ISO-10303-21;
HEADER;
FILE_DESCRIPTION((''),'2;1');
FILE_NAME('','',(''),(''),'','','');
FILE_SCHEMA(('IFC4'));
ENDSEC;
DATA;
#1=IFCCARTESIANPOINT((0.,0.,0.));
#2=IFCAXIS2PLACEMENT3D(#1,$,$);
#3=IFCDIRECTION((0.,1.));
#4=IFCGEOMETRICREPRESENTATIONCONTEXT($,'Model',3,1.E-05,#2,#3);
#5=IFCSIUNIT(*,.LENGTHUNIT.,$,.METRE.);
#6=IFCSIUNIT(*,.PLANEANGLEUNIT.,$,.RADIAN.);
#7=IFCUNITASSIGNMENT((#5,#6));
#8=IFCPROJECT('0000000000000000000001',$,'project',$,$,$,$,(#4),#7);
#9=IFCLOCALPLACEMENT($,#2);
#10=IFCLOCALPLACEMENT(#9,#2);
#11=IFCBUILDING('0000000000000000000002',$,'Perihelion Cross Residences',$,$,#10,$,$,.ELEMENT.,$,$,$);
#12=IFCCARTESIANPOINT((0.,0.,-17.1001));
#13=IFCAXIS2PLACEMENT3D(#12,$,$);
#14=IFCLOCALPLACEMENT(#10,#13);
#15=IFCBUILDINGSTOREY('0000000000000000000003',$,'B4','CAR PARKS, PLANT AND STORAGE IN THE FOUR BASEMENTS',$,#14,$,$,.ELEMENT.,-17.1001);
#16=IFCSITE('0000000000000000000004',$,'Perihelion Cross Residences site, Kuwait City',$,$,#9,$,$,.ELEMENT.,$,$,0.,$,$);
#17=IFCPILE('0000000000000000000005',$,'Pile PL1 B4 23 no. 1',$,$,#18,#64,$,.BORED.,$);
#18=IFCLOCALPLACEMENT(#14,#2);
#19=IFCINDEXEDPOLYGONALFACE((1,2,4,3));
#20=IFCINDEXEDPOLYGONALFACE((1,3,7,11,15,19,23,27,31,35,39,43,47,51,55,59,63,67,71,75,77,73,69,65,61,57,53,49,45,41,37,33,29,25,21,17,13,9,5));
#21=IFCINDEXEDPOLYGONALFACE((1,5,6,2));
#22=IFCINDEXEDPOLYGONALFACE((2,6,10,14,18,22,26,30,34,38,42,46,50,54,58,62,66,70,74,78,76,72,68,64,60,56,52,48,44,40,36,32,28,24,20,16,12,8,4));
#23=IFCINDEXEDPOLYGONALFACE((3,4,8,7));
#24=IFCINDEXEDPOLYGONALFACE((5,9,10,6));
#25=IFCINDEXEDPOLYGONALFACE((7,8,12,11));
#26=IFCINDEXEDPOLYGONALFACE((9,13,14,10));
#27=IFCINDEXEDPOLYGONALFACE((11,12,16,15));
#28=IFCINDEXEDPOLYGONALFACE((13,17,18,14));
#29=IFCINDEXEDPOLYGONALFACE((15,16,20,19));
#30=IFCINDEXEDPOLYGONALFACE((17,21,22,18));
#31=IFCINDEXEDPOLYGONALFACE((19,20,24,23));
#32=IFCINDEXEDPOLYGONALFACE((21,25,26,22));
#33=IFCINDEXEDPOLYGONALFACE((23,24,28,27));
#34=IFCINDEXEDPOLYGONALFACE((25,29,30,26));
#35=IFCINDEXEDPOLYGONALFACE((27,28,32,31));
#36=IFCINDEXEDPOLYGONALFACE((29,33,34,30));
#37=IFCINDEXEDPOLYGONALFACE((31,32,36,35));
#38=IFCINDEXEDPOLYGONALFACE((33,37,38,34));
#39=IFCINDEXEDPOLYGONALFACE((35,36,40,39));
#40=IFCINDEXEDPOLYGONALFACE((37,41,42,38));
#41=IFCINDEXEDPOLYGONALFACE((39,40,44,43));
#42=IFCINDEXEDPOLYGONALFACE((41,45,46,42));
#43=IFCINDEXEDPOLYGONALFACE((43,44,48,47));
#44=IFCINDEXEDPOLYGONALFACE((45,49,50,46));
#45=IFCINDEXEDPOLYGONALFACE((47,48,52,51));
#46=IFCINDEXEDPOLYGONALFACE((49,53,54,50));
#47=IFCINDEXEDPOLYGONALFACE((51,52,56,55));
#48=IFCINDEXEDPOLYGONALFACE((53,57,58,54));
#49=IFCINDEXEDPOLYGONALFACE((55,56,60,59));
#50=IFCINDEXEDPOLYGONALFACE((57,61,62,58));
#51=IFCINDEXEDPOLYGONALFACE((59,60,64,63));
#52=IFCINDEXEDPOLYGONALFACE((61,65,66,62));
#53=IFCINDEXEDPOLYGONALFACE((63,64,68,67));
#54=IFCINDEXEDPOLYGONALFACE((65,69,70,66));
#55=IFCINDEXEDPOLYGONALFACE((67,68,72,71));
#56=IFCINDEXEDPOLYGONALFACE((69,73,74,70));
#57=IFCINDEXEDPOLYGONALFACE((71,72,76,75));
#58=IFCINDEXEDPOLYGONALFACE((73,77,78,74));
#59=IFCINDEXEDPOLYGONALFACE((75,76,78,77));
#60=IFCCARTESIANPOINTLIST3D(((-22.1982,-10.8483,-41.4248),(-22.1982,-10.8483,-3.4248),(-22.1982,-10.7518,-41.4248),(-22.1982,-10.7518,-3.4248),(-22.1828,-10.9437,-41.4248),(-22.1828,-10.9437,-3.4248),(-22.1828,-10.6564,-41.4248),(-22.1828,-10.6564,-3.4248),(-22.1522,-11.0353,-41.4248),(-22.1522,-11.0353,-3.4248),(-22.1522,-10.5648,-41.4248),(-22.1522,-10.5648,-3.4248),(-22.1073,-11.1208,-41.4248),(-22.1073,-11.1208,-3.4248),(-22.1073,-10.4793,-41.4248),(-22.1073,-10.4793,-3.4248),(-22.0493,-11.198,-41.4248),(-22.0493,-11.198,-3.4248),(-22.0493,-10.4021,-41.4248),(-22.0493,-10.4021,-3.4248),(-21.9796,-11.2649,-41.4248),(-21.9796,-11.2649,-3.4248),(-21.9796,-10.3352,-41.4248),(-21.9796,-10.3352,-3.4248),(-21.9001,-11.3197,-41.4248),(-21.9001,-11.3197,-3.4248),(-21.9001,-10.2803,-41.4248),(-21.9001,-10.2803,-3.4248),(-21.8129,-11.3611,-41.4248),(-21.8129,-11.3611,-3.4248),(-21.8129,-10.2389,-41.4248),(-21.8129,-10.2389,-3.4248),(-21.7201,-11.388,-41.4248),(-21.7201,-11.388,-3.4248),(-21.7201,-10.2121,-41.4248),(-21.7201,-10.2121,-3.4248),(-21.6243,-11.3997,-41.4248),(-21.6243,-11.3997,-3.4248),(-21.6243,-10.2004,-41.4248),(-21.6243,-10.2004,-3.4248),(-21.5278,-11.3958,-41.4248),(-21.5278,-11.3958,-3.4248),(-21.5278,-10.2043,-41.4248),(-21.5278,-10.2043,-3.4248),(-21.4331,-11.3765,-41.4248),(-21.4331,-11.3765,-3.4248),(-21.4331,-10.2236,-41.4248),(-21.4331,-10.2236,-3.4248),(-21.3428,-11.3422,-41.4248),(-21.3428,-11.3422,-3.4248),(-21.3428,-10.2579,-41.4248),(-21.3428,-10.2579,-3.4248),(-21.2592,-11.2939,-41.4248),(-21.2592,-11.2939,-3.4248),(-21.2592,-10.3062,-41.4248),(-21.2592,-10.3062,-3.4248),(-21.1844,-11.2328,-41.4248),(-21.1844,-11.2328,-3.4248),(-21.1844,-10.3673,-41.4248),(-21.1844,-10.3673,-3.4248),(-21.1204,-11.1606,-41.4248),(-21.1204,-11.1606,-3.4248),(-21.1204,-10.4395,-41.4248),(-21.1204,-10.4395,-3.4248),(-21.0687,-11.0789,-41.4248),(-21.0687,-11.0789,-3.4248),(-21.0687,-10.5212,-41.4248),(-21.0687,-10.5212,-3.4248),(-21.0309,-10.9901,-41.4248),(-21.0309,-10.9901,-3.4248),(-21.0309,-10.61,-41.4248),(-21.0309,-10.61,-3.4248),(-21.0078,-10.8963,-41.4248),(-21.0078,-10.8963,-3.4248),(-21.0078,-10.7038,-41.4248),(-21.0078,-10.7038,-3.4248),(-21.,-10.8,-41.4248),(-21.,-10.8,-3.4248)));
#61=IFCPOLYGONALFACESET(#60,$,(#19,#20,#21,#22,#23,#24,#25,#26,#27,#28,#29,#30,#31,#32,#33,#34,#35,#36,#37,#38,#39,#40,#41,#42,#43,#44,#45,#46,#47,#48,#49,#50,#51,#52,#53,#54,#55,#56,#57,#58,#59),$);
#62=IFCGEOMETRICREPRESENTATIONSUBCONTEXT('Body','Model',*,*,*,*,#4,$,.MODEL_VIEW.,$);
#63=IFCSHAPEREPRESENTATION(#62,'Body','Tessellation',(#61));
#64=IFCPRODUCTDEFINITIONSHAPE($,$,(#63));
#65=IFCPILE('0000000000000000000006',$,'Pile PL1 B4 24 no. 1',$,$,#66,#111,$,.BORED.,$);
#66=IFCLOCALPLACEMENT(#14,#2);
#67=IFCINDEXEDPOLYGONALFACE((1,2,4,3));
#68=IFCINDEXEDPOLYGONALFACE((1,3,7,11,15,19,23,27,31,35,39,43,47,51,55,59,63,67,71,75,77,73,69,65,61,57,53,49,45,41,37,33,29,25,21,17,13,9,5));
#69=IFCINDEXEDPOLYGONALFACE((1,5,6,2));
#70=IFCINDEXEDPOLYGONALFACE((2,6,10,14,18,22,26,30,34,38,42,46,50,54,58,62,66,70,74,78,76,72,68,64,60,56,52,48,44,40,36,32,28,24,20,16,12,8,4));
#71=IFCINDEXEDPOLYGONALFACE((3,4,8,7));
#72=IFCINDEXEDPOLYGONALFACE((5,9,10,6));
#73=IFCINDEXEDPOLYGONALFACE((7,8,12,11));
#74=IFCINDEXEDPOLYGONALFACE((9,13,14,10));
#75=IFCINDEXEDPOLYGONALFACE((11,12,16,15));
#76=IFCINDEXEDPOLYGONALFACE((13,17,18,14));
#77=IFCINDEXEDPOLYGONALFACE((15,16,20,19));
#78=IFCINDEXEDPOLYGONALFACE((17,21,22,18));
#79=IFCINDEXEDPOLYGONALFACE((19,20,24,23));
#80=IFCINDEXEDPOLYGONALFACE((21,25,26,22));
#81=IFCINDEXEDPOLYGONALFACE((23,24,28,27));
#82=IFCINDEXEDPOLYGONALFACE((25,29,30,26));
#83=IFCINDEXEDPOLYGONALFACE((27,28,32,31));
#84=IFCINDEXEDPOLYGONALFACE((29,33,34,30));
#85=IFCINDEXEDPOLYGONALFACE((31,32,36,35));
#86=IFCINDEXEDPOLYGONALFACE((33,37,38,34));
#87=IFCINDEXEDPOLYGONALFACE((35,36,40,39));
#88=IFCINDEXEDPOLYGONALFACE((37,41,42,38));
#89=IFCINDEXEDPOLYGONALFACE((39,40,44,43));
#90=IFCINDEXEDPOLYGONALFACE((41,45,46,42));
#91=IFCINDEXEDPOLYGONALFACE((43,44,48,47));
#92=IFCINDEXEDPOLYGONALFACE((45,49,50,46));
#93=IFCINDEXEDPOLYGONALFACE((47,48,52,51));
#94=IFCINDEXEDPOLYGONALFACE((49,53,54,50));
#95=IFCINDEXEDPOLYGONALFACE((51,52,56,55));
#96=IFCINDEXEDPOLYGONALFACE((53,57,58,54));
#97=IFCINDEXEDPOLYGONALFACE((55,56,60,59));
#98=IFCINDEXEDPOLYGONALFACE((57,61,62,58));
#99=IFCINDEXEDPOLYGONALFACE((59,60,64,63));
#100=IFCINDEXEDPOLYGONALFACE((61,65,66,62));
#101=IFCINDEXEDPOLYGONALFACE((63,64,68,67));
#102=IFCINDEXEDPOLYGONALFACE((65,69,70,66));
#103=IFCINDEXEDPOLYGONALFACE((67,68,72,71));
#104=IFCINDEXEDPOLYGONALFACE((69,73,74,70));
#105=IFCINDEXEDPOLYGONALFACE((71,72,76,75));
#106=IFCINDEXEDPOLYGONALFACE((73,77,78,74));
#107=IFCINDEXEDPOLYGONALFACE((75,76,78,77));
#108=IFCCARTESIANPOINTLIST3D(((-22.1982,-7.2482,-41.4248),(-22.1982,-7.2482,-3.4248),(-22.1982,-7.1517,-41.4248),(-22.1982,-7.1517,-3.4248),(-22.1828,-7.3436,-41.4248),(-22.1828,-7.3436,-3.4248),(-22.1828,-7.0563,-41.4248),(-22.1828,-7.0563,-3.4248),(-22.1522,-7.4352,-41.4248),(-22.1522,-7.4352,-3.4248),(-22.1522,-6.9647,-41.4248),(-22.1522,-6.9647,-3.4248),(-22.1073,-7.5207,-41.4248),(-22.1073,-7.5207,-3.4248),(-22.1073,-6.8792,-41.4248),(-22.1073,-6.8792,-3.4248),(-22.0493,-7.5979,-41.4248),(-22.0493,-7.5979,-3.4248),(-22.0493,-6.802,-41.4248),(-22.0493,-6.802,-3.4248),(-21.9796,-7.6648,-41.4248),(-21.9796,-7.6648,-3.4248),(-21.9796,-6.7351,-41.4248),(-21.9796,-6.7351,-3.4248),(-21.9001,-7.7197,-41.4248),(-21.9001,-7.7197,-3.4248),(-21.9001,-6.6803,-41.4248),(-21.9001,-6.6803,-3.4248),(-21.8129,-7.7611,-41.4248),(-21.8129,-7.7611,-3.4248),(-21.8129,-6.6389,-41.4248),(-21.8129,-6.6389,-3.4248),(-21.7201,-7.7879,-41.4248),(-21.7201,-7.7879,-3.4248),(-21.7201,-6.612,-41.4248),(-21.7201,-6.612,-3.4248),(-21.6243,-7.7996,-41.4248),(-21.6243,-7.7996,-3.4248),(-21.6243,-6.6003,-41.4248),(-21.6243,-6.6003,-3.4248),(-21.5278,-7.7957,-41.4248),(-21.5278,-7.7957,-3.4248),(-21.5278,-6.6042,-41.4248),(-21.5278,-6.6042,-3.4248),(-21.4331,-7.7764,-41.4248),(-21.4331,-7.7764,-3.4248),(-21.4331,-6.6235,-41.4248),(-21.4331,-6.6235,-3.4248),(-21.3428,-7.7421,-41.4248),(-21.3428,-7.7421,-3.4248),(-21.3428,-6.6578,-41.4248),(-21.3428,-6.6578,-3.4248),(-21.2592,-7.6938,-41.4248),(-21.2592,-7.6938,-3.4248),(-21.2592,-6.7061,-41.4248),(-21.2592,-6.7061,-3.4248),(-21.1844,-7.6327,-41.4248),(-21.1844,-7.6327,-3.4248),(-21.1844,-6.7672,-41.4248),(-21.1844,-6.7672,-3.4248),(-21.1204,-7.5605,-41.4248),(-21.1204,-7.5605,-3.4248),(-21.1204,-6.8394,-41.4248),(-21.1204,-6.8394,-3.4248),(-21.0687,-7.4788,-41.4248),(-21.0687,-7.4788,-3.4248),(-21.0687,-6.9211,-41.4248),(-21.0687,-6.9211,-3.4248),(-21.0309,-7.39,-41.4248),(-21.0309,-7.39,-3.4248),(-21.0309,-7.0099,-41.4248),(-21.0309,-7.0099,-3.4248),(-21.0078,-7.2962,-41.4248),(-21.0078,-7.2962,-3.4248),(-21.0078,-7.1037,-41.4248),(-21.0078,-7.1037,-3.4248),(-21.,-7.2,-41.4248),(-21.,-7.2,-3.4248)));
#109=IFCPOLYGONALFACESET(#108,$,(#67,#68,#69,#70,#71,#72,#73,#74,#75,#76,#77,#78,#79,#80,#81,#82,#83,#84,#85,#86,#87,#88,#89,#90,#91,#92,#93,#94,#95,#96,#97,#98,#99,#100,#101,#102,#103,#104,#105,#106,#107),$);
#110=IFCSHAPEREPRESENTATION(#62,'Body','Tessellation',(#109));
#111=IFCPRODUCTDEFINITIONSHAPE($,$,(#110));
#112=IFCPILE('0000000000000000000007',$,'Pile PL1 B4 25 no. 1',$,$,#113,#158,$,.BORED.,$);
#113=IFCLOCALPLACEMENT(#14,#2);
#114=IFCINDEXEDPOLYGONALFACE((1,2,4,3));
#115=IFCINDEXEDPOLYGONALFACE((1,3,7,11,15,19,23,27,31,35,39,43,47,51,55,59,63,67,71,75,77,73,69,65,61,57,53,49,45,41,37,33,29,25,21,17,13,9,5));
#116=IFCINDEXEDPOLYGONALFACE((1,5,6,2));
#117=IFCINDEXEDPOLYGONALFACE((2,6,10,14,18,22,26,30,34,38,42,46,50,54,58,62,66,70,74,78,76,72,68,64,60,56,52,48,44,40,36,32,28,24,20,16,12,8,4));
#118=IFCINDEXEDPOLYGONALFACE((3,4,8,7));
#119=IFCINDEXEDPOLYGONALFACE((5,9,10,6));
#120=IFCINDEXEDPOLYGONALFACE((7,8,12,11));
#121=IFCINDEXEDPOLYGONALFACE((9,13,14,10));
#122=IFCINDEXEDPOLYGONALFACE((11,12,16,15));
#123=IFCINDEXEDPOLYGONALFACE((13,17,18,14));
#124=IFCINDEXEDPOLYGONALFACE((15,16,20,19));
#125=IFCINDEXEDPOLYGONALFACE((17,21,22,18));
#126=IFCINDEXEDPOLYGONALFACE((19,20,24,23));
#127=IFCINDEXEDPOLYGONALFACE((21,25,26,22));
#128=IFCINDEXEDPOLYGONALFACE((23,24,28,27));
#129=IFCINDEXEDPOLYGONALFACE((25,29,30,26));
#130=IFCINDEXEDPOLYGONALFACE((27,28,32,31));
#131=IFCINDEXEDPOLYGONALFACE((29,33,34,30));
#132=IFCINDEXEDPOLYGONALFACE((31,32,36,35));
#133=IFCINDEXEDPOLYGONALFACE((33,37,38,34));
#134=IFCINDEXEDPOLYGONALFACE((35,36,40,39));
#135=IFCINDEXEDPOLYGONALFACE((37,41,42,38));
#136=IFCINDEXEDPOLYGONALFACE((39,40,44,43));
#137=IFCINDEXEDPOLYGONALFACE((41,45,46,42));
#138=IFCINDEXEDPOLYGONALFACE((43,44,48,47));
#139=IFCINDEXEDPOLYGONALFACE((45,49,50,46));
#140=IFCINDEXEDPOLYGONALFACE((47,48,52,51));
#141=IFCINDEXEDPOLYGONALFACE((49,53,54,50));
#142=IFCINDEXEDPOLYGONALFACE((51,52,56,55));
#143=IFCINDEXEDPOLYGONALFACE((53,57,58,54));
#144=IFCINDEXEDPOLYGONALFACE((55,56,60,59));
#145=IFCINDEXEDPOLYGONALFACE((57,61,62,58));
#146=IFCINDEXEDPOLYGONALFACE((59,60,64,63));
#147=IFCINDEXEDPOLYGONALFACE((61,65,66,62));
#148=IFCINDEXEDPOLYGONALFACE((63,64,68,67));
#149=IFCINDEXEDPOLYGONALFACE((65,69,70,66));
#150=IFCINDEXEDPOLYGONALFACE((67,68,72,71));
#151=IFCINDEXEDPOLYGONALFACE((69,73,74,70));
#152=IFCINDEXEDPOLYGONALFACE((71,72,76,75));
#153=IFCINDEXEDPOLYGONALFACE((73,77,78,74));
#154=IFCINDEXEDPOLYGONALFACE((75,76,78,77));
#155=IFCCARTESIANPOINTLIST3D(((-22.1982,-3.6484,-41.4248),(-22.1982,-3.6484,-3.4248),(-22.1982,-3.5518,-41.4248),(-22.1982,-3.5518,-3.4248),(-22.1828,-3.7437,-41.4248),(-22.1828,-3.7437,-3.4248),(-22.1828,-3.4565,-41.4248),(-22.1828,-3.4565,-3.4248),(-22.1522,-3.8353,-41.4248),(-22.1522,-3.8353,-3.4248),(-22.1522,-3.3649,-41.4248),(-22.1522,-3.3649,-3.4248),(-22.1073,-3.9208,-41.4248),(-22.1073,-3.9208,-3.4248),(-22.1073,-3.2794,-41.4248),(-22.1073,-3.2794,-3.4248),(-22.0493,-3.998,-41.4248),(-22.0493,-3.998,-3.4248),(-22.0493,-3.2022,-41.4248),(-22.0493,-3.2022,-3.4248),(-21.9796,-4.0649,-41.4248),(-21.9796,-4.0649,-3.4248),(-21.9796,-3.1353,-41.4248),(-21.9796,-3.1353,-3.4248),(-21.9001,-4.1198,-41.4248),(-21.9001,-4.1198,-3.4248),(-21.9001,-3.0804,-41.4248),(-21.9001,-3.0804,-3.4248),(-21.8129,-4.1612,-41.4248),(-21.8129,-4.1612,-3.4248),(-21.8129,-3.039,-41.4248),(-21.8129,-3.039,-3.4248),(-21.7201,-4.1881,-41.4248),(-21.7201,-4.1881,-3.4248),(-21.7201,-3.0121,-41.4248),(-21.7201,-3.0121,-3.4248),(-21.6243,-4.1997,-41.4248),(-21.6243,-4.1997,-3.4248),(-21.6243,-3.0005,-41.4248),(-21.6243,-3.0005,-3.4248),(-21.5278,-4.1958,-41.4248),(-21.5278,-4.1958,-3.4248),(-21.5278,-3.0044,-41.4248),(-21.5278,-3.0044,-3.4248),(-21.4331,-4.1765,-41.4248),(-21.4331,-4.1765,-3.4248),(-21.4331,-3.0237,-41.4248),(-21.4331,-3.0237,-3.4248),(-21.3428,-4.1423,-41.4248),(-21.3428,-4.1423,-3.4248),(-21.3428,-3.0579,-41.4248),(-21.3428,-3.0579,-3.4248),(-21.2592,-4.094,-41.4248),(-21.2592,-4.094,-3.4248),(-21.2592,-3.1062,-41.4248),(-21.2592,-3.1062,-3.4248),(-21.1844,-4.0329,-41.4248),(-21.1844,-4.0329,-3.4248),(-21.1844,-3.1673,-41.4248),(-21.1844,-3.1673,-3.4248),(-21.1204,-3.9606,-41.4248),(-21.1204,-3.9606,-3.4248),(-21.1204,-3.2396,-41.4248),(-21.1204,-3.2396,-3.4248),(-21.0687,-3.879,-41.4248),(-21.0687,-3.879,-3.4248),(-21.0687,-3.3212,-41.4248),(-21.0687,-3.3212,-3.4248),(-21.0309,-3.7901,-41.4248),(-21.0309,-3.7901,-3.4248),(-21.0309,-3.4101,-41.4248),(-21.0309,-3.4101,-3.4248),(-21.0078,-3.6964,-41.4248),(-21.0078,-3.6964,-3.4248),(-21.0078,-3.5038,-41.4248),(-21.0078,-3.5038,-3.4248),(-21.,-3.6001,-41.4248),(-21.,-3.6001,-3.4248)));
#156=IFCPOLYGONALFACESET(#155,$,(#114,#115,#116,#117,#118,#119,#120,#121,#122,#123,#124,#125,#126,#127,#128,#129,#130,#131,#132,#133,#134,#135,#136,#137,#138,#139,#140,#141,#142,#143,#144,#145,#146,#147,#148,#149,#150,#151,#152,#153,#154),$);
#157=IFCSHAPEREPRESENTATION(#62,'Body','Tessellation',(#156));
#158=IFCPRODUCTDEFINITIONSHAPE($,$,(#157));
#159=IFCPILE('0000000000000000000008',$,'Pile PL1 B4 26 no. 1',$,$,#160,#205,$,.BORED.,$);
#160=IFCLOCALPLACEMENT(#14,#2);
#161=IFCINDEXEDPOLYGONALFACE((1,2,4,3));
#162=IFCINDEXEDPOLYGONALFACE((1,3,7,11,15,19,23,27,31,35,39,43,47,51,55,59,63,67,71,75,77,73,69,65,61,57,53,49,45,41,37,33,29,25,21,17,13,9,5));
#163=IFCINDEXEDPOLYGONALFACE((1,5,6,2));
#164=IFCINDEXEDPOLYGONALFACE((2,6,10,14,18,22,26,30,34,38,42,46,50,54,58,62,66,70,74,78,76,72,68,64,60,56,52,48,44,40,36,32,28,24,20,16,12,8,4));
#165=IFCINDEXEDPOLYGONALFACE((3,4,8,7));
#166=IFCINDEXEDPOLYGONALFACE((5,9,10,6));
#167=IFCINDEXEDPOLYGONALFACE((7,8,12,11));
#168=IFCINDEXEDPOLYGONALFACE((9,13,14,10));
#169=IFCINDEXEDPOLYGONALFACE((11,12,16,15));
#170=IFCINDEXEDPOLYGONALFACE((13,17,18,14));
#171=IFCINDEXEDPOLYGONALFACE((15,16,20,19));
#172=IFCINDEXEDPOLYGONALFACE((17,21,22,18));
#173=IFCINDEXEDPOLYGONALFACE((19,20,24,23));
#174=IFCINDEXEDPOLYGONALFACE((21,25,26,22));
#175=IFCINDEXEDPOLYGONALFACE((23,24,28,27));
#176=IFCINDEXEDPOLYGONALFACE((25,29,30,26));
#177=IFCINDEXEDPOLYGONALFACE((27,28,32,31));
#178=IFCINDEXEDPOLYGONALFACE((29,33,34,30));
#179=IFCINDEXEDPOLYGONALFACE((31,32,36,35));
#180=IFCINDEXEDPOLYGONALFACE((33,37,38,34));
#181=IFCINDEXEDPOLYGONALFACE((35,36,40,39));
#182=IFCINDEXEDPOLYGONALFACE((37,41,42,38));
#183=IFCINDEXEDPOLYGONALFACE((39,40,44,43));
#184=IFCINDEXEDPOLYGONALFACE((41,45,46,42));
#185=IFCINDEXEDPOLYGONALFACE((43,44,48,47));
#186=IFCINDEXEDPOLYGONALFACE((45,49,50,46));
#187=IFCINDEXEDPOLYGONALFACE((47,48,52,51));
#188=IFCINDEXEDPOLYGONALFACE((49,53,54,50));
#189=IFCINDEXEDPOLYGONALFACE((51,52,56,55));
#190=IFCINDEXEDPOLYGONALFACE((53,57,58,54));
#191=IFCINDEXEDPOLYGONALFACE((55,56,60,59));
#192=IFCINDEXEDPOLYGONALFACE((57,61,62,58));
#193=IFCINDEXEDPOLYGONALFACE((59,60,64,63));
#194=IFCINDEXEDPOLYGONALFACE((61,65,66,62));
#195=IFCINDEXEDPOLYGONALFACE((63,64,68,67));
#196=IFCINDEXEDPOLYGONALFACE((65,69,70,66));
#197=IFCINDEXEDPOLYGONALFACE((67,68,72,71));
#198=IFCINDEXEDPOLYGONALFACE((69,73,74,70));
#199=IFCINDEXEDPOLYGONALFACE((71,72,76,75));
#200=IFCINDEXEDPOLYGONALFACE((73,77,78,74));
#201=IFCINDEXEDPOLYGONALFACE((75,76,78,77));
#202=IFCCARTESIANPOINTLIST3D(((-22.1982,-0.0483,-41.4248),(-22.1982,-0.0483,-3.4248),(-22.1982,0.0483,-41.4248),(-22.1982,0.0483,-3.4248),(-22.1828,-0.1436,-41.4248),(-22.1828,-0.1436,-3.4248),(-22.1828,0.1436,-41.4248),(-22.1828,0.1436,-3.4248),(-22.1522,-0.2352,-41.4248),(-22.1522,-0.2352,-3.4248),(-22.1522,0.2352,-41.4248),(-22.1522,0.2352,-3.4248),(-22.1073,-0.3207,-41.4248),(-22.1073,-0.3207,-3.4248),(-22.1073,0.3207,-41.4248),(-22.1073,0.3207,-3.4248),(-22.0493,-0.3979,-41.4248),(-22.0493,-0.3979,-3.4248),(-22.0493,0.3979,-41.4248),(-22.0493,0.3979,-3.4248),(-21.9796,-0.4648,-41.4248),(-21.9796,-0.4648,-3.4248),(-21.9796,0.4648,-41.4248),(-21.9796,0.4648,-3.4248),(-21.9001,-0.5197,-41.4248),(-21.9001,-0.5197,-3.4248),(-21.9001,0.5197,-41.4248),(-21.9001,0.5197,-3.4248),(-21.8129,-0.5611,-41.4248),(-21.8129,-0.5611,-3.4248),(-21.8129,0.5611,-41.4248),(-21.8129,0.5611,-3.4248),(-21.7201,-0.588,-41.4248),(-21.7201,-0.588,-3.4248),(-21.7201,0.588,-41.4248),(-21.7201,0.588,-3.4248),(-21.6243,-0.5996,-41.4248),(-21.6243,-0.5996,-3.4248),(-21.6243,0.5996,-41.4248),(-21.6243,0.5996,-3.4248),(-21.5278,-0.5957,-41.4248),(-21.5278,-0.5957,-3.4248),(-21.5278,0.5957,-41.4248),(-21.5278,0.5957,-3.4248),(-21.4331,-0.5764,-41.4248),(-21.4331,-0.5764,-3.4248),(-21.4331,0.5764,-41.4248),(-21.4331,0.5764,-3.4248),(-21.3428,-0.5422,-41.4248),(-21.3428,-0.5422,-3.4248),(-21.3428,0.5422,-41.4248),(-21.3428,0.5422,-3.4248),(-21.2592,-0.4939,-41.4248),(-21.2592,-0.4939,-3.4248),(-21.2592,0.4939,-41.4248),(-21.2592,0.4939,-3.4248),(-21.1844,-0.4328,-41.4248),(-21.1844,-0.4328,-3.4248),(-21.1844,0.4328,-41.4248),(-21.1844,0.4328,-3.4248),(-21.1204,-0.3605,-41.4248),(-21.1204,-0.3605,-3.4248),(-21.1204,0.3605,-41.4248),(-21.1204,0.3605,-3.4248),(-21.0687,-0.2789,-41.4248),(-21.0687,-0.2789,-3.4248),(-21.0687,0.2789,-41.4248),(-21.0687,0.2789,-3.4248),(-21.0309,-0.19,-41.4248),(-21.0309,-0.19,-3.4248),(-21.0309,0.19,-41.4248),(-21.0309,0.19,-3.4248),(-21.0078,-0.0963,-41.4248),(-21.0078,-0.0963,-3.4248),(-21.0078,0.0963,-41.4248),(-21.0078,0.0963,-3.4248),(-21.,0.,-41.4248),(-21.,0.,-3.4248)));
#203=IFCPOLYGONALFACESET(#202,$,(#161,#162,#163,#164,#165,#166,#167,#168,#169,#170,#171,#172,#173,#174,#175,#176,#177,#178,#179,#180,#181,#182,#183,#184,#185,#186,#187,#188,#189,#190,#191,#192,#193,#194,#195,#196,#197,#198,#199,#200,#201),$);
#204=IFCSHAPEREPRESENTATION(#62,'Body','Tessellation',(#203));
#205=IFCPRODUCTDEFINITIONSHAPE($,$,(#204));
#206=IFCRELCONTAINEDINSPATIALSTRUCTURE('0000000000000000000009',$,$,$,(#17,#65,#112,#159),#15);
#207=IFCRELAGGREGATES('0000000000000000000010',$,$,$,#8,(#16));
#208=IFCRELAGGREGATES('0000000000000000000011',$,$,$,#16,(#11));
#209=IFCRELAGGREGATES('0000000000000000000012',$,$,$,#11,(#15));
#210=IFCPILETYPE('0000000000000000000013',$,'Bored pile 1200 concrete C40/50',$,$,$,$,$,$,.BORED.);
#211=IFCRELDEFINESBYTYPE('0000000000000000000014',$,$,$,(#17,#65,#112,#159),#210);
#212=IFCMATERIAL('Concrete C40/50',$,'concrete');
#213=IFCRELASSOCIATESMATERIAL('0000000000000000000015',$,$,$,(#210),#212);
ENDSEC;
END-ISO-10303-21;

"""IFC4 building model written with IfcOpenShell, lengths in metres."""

from ifc_helpers import new_model, si_unit, direction, frame, origin, origin_2d, place, context, subcontext, project, spatial, circle, extrude, material, type_object, element, save


model = new_model("IFC4")

# Units and contexts
model_context = context("Model", 3, precision=1e-05, world=origin(), true_north=direction((0.0, 1.0)))
body_context = subcontext(model_context, "Body", "Model", "MODEL_VIEW")
ifc_project = project(units=[si_unit("LENGTHUNIT", "METRE"), si_unit("PLANEANGLEUNIT", "RADIAN")], contexts=[model_context])

# Site, building, storey
site_placement = place(None, origin())
site = spatial("IfcSite", under=ifc_project, at=site_placement, Name="Perihelion Cross Residences site, Kuwait City", CompositionType="ELEMENT", RefElevation=0.0)
building_placement = place(site_placement, origin())
building = spatial("IfcBuilding", under=site, at=building_placement, Name="Perihelion Cross Residences", CompositionType="ELEMENT")
storey_placement = place(building_placement, frame((0.0, 0.0, -17.1001)))
storey = spatial("IfcBuildingStorey", under=building, at=storey_placement, Name="B4", Description="CAR PARKS, PLANT AND STORAGE IN THE FOUR BASEMENTS", CompositionType="ELEMENT", Elevation=-17.1001)

# Piles
ifc_material_1 = material(Name="Concrete C40/50", Category="concrete")
pile_type = type_object("IfcPileType", Name="Bored pile 1200 concrete C40/50", PredefinedType="BORED", material=ifc_material_1)
for number, where, z_axis, x_axis, name in (
    (1, (-21.6001, -10.8, -3.4248), (0.0, 0.0, -1.0), (1.0, 0.0, 0.0), "Pile PL1 B4 23 no. 1"),
    (2, (-21.6001, -7.2, -3.4248), (0.0, 0.0, -1.0), (1.0, 0.0, 0.0), "Pile PL1 B4 24 no. 1"),
    (3, (-21.6001, -3.6001, -3.4248), (0.0, 0.0, -1.0), (1.0, 0.0, 0.0), "Pile PL1 B4 25 no. 1"),
    (4, (-21.6001, 0.0, -3.4248), (0.0, 0.0, -1.0), (1.0, 0.0, 0.0), "Pile PL1 B4 26 no. 1"),
):
    element("IfcPile", number, at=place(storey_placement, frame(where, z_axis=z_axis, x_axis=x_axis)), inside=storey, type_object=pile_type, Name=name, PredefinedType="BORED", context=body_context, shape_type="SweptSolid", body=[
        extrude(circle(Radius=0.6001, at=origin_2d()), origin(), (0.0, 0.0, 1.0), 38.0),
    ])

save(model, "model.ifc")
